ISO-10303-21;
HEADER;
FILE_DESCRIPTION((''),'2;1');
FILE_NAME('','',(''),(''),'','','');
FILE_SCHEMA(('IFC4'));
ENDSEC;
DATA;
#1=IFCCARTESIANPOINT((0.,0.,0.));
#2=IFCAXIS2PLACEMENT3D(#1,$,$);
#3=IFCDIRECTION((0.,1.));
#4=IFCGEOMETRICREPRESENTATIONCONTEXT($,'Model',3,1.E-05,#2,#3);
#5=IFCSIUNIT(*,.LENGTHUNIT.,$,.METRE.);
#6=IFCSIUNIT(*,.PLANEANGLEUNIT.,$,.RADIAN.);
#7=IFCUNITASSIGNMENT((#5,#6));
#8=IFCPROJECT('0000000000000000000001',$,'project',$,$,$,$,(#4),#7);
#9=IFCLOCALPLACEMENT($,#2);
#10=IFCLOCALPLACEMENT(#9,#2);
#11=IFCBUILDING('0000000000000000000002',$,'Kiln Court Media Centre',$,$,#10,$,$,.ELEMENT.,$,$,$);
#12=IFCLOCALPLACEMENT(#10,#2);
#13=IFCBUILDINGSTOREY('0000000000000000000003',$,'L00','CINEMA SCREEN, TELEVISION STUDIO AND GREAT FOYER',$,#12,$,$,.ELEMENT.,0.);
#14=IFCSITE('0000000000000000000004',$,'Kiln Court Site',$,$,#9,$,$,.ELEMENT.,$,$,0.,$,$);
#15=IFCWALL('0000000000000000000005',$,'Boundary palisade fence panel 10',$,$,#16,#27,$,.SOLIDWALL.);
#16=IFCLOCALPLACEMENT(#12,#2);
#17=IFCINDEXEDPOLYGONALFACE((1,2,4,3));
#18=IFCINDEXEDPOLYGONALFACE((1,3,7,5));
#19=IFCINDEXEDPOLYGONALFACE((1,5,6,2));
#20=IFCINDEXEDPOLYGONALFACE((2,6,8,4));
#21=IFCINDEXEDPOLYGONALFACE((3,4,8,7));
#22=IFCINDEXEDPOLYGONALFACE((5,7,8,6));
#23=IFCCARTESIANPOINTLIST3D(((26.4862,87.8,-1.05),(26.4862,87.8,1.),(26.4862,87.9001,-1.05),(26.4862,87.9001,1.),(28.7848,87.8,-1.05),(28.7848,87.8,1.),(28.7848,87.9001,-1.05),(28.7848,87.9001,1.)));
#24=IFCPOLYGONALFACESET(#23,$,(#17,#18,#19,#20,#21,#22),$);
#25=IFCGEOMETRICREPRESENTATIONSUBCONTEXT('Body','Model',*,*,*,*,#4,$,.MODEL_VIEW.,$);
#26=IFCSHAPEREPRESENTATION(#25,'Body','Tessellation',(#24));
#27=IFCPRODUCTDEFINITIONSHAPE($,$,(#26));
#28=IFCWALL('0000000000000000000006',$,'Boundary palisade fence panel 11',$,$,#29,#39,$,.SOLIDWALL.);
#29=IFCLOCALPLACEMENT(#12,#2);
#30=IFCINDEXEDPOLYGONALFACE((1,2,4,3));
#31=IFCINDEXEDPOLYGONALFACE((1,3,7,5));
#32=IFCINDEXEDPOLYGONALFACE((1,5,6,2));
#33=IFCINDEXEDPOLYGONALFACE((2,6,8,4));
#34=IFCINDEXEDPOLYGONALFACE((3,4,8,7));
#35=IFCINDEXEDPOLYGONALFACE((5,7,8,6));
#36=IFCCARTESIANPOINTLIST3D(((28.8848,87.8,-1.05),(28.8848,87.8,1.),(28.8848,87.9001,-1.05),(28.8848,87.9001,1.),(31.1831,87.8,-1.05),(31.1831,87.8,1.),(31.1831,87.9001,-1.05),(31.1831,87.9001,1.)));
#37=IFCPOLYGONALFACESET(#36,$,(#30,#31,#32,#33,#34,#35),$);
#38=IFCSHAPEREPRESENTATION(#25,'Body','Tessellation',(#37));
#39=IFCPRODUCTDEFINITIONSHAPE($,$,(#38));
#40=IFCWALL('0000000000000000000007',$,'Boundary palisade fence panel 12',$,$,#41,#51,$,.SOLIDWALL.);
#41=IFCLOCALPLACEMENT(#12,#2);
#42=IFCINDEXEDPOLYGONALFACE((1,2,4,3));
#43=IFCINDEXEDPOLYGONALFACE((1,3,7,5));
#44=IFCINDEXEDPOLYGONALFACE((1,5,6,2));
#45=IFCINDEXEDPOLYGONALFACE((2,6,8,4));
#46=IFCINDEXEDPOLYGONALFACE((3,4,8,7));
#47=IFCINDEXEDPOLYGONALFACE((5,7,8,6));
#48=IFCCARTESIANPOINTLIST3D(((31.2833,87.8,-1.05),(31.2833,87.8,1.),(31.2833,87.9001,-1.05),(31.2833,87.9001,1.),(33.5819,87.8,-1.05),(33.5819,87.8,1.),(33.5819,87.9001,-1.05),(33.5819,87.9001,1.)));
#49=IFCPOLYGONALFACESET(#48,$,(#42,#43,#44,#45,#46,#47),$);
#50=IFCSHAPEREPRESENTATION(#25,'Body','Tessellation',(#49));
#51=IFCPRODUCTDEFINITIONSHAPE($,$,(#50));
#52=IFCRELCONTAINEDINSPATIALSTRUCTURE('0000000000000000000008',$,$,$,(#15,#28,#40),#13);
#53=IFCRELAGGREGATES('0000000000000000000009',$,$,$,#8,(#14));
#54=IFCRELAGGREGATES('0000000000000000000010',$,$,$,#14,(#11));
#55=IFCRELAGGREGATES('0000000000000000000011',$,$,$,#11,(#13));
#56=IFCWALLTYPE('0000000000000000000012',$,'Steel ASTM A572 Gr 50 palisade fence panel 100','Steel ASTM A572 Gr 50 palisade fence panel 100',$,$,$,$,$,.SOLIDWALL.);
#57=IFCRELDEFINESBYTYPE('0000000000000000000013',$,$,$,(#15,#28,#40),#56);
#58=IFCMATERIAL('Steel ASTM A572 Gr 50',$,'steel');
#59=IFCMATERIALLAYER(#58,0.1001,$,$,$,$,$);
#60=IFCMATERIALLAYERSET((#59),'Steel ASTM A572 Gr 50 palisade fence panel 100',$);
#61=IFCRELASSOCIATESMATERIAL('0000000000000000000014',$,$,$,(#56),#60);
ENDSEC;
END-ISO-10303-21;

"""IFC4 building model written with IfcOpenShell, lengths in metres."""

from ifc_helpers import new_model, si_unit, direction, frame, frame_2d, origin, place, context, subcontext, project, spatial, rectangle, extrude, material, layer, layer_set, type_object, element, save


model = new_model("IFC4")

# Units and contexts
model_context = context("Model", 3, precision=1e-05, world=origin(), true_north=direction((0.0, 1.0)))
body_context = subcontext(model_context, "Body", "Model", "MODEL_VIEW")
ifc_project = project(units=[si_unit("LENGTHUNIT", "METRE"), si_unit("PLANEANGLEUNIT", "RADIAN")], contexts=[model_context])

# Site, building, storey
site_placement = place(None, origin())
site = spatial("IfcSite", under=ifc_project, at=site_placement, Name="Kiln Court Site", CompositionType="ELEMENT", RefElevation=0.0)
building_placement = place(site_placement, origin())
building = spatial("IfcBuilding", under=site, at=building_placement, Name="Kiln Court Media Centre", CompositionType="ELEMENT")
storey_placement = place(building_placement, origin())
storey = spatial("IfcBuildingStorey", under=building, at=storey_placement, Name="L00", Description="CINEMA SCREEN, TELEVISION STUDIO AND GREAT FOYER", CompositionType="ELEMENT", Elevation=0.0)

# Walls
ifc_material_1 = material(Name="Steel ASTM A572 Gr 50", Category="steel")
ifc_layer_1 = layer(ifc_material_1, 0.1001)
ifc_layer_set_1 = layer_set([ifc_layer_1], Name="Steel ASTM A572 Gr 50 palisade fence panel 100")
wall_type_1 = type_object("IfcWallType", Name="Steel ASTM A572 Gr 50 palisade fence panel 100", Description="Steel ASTM A572 Gr 50 palisade fence panel 100", PredefinedType="SOLIDWALL", material=ifc_layer_set_1)
for number, where, z_axis, x_axis, name in (
    (1, (26.4861, 87.8501, -1.05), (0.0, 0.0, 1.0), (1.0, 0.0, 0.0), "Boundary palisade fence panel 10"),
):
    element("IfcWall", number, at=place(storey_placement, frame(where, z_axis=z_axis, x_axis=x_axis)), inside=storey, type_object=wall_type_1, Name=name, PredefinedType="SOLIDWALL", context=body_context, shape_type="SweptSolid", body=[
        extrude(rectangle(XDim=2.2986, YDim=0.1001, at=frame_2d((1.1494, 0.0))), origin(), (0.0, 0.0, 1.0), 2.05),
    ])
wall_1_placement = place(storey_placement, frame((28.8848, 87.8501, -1.05), z_axis=(0.0, 0.0, 1.0), x_axis=(1.0, 0.0, 0.0)))
element("IfcWall", 2, at=wall_1_placement, inside=storey, type_object=wall_type_1, Name="Boundary palisade fence panel 11", PredefinedType="SOLIDWALL", context=body_context, shape_type="SweptSolid", body=[
    extrude(rectangle(XDim=2.2983, YDim=0.1001, at=frame_2d((1.1492, 0.0))), origin(), (0.0, 0.0, 1.0), 2.05),
])
wall_2_placement = place(storey_placement, frame((31.2832, 87.8501, -1.05), z_axis=(0.0, 0.0, 1.0), x_axis=(1.0, 0.0, 0.0)))
element("IfcWall", 3, at=wall_2_placement, inside=storey, type_object=wall_type_1, Name="Boundary palisade fence panel 12", PredefinedType="SOLIDWALL", context=body_context, shape_type="SweptSolid", body=[
    extrude(rectangle(XDim=2.2986, YDim=0.1001, at=frame_2d((1.1494, 0.0))), origin(), (0.0, 0.0, 1.0), 2.05),
])

save(model, "model.ifc")
